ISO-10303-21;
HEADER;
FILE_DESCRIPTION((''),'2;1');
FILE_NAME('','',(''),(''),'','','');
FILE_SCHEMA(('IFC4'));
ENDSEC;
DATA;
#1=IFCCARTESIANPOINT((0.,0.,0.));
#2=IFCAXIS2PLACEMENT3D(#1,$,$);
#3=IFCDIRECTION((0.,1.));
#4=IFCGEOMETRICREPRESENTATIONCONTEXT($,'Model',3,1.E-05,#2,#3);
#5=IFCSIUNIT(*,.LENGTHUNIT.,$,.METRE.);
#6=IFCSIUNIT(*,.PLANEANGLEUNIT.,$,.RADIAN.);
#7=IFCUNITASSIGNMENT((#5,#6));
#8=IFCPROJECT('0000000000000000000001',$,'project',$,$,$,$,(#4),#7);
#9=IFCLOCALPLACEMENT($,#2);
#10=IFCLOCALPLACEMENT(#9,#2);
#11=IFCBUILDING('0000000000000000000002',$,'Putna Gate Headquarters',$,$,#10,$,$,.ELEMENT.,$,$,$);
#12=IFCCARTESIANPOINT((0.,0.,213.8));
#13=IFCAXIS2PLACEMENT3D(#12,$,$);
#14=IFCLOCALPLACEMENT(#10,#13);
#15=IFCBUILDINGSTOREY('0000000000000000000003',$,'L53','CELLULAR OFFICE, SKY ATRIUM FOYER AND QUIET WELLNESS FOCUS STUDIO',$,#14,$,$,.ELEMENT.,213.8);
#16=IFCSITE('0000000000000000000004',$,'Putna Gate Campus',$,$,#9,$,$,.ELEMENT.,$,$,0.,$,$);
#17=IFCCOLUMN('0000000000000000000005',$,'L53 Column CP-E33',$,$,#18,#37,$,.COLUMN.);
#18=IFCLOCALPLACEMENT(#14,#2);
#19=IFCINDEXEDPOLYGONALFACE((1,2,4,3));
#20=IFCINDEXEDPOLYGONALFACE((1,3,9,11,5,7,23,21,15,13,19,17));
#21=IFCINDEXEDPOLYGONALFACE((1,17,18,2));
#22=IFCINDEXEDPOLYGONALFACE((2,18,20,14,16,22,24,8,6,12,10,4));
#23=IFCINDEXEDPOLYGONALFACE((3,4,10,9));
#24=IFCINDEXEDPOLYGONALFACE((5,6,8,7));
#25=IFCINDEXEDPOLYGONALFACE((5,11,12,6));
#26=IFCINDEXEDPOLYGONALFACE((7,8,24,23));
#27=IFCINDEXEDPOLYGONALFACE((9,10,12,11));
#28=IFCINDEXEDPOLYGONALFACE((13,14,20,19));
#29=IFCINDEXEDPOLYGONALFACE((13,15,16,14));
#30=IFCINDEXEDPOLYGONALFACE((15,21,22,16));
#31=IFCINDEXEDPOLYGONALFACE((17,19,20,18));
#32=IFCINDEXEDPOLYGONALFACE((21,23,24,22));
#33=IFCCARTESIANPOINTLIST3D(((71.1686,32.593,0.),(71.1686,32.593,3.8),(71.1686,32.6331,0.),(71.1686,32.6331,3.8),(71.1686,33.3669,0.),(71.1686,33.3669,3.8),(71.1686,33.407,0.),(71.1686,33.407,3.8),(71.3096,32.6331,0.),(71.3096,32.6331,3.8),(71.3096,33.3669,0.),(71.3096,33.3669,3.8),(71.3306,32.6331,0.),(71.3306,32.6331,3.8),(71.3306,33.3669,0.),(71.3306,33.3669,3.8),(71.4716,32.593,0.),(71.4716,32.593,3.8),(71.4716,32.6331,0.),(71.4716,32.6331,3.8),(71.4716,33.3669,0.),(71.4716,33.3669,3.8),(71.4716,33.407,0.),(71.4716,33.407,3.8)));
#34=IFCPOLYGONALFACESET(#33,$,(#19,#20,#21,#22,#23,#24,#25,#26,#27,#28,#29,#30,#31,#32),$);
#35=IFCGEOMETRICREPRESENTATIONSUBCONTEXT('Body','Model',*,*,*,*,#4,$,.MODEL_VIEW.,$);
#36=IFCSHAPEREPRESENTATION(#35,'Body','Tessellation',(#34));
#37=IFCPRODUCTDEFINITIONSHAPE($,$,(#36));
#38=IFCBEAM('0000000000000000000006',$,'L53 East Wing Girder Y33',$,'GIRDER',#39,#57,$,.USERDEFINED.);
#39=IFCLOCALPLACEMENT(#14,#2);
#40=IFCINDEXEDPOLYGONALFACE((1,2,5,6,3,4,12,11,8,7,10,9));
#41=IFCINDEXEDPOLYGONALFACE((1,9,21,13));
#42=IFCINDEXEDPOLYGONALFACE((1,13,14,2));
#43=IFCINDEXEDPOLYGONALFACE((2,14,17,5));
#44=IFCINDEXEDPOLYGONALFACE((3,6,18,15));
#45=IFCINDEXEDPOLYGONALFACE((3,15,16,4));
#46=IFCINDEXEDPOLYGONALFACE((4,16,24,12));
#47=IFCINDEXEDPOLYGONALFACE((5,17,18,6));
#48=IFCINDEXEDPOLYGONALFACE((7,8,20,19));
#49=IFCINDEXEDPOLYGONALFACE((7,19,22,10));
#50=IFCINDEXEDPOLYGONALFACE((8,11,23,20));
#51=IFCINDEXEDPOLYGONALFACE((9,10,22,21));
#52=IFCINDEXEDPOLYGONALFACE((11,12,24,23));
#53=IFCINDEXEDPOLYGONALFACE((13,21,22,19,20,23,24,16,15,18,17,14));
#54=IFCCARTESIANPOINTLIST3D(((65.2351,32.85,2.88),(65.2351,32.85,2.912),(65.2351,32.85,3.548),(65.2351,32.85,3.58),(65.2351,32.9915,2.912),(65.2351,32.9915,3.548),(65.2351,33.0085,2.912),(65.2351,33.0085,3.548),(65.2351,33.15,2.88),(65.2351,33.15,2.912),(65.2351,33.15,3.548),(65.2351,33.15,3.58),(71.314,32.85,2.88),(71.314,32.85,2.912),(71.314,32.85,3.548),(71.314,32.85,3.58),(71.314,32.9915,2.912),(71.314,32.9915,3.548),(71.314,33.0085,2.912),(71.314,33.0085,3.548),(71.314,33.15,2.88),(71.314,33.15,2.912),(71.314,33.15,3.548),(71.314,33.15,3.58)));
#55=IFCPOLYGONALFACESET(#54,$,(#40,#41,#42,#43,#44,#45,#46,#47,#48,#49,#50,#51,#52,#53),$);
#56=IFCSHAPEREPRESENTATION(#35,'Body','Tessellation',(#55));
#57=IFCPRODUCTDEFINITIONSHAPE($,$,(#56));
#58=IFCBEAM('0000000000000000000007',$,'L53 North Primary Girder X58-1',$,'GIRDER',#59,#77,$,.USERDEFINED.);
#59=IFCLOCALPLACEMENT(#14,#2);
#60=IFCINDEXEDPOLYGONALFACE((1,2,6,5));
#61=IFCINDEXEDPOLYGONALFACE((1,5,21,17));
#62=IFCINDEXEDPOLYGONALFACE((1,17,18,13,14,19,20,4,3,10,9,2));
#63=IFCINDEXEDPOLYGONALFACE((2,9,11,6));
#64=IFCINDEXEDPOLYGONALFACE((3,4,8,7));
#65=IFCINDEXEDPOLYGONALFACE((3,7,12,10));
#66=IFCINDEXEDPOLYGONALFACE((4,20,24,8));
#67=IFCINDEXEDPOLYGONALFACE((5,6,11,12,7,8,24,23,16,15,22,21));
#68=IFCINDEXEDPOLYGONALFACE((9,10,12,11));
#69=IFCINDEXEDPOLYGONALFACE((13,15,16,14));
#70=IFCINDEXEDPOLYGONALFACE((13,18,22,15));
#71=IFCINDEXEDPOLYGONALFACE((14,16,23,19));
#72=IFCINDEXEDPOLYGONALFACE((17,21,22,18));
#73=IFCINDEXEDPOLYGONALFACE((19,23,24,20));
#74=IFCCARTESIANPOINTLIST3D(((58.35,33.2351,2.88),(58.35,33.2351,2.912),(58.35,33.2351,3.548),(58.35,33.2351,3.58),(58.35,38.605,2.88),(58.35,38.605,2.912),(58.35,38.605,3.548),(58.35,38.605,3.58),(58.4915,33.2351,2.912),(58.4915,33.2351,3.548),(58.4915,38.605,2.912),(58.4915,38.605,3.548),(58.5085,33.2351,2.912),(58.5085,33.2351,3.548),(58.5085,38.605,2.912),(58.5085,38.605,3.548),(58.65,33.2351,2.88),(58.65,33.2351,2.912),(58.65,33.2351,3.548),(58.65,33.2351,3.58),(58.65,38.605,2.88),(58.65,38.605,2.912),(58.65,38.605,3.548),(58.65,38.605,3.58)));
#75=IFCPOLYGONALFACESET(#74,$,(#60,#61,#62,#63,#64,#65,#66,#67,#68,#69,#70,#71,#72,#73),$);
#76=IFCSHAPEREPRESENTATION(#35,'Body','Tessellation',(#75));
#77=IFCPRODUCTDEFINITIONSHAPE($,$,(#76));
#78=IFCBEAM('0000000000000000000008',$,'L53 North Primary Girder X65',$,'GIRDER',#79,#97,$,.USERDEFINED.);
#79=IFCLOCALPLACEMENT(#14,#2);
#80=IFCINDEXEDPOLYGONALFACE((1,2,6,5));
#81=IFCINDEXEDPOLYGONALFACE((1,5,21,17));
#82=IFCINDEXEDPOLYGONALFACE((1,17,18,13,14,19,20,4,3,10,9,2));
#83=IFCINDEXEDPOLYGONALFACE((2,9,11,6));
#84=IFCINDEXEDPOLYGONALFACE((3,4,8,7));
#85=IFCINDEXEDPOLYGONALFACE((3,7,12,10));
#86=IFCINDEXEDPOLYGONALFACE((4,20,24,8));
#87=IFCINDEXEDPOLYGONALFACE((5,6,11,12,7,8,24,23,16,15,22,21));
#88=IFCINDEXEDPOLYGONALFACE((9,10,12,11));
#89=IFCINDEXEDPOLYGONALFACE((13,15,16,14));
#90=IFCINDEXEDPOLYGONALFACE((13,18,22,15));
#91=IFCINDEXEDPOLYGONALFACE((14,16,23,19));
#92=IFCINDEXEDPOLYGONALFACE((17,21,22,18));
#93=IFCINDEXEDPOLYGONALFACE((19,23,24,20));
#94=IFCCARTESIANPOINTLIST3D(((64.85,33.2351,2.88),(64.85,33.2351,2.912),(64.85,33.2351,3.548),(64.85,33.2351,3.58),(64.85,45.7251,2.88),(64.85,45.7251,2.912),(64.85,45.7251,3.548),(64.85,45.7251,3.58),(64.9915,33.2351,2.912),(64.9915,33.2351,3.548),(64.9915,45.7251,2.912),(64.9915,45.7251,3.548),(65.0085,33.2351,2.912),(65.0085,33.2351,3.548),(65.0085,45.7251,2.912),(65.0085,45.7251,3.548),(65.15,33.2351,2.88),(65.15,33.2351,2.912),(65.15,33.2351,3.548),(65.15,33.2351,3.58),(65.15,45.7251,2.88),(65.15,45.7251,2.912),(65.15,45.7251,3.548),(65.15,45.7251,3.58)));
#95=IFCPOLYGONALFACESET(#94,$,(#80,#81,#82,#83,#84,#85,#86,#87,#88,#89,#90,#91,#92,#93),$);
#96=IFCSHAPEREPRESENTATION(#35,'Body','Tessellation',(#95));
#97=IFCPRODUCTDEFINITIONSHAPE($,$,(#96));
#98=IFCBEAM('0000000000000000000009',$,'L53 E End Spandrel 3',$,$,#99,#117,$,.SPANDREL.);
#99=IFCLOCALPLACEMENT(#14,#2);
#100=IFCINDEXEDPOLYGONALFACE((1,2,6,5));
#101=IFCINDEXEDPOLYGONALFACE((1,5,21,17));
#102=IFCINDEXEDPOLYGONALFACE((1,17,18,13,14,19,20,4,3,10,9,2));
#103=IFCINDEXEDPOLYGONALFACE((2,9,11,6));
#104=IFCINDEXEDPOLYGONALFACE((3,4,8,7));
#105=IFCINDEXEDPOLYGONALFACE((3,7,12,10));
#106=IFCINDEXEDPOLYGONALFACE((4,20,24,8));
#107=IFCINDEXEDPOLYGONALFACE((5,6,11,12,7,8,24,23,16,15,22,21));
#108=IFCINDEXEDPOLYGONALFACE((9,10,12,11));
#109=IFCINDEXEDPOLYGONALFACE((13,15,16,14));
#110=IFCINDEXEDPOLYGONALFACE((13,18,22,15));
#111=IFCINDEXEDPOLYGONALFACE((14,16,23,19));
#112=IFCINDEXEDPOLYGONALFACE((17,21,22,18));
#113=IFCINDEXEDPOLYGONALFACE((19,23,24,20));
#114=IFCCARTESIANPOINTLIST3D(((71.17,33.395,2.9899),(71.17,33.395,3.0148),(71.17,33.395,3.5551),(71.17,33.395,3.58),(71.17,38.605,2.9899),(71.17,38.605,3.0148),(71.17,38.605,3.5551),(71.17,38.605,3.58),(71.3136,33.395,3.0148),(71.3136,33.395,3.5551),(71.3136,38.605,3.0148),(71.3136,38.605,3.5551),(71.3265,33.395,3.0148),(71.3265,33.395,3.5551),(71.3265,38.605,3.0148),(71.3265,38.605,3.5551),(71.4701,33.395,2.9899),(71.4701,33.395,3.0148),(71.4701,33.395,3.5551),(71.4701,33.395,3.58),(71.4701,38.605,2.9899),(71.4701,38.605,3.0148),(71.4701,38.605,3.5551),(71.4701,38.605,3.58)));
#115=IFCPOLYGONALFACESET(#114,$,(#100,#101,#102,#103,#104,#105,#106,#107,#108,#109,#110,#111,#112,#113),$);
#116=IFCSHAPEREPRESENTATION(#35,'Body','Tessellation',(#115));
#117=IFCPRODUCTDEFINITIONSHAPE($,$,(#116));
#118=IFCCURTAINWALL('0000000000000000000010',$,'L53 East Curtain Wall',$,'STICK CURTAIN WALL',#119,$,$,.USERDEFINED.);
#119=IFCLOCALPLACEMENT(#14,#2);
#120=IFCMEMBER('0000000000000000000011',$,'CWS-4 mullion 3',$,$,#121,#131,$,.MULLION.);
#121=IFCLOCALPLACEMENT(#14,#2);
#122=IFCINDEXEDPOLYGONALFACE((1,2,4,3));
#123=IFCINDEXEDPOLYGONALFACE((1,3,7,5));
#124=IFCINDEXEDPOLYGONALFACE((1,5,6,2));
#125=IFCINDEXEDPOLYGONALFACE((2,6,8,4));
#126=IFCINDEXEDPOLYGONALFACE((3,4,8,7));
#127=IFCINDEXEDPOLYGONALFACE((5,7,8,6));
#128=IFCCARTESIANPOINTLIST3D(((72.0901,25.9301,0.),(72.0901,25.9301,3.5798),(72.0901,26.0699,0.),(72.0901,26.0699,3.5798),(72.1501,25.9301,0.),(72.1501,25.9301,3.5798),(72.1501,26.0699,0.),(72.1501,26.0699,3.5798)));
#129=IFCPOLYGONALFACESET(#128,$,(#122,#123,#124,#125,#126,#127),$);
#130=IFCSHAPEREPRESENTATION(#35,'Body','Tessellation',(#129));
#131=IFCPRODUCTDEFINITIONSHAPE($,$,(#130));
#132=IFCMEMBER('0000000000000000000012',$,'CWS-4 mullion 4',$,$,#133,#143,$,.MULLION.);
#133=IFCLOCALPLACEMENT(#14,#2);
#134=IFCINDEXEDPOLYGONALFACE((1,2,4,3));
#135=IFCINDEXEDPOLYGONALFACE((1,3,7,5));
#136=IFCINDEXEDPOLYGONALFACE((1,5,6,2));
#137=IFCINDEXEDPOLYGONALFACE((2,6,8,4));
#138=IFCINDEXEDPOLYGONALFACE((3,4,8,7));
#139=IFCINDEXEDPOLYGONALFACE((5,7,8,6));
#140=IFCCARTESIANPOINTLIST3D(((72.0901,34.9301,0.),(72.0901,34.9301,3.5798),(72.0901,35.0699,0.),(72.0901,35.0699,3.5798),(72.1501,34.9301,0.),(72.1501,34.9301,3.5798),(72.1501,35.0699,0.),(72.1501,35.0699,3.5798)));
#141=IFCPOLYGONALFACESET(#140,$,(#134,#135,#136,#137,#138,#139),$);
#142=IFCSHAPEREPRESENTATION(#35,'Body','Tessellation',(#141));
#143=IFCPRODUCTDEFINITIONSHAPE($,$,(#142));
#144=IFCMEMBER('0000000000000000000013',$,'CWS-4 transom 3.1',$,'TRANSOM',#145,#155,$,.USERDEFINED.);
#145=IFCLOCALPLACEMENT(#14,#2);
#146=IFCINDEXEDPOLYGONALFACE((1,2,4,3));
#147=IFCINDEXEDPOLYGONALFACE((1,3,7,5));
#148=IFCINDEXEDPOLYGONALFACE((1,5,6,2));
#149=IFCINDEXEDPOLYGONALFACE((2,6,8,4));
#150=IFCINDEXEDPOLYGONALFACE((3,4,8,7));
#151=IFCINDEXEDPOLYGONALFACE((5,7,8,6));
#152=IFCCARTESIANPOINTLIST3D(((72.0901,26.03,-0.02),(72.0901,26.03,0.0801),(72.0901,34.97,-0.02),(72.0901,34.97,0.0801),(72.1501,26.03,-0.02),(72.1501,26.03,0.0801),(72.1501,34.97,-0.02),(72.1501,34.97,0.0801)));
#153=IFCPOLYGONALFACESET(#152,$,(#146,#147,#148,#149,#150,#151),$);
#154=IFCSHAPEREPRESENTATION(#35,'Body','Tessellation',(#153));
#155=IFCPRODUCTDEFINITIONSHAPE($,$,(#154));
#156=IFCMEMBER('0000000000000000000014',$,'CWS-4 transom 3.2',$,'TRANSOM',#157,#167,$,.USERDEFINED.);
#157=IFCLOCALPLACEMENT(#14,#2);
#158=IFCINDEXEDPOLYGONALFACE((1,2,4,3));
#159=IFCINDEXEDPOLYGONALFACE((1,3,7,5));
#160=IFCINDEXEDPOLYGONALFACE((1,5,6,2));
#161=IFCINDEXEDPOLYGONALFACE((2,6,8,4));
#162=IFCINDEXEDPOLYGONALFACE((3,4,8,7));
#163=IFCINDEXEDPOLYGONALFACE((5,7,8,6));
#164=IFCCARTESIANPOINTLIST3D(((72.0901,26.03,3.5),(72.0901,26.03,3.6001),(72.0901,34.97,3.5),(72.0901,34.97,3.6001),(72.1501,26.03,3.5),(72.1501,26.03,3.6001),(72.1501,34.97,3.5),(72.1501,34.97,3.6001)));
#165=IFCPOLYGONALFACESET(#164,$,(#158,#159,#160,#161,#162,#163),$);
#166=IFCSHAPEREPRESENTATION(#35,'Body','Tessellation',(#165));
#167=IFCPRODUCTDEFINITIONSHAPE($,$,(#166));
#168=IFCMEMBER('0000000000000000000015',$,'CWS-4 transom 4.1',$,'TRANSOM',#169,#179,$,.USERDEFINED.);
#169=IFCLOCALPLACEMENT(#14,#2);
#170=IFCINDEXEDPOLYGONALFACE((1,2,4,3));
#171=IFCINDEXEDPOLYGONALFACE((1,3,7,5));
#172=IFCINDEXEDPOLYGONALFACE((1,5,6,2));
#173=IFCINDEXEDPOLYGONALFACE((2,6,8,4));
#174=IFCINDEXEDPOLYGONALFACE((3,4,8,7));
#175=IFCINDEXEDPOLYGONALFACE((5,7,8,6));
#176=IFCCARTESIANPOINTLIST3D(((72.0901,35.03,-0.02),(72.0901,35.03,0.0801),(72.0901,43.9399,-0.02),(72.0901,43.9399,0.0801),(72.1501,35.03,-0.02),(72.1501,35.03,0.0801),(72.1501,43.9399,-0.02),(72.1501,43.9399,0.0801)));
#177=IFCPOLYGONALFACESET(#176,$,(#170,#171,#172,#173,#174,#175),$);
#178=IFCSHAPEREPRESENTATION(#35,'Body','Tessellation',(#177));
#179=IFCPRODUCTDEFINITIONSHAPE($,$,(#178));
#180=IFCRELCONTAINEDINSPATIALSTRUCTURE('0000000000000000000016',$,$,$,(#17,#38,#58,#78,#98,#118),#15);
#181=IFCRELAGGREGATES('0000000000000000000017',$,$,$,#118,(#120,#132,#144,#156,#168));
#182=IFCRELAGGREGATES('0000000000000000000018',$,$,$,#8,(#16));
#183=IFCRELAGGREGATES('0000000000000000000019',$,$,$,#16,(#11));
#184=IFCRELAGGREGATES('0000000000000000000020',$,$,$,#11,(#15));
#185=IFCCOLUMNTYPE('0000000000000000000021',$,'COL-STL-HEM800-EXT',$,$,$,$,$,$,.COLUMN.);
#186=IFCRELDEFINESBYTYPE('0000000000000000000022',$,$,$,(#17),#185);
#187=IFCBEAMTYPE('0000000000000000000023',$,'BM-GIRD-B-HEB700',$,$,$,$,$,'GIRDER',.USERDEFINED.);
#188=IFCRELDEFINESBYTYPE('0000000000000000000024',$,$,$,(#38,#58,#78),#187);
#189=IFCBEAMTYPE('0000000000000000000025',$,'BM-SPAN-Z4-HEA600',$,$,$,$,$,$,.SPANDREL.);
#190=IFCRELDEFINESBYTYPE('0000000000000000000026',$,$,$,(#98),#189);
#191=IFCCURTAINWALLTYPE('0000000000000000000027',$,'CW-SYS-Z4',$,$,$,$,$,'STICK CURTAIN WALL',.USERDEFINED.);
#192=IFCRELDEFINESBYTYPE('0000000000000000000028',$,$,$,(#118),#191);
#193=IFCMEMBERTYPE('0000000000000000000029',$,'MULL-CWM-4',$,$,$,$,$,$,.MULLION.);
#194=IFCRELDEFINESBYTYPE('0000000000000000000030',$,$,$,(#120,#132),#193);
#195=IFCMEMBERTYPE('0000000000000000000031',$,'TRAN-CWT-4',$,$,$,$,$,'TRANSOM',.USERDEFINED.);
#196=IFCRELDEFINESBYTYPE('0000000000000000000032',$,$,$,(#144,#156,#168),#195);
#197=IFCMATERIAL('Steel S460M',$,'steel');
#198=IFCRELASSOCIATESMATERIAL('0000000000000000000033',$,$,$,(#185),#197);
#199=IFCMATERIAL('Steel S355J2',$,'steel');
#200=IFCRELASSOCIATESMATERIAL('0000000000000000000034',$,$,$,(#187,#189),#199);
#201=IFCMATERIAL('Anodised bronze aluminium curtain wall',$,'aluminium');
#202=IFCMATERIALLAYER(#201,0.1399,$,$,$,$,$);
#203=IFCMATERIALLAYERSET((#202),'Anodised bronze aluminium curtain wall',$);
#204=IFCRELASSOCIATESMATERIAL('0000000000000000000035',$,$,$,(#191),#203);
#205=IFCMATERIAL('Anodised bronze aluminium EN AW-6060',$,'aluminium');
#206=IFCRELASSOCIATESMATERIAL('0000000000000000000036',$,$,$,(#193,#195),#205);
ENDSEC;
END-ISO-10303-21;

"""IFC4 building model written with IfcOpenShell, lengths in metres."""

from ifc_helpers import new_model, si_unit, direction, frame, origin, origin_2d, place, context, subcontext, project, spatial, rectangle, i_section, extrude, material, layer, layer_set, material_profile, profile_set, type_object, element, aggregate, save


model = new_model("IFC4")

# Units and contexts
model_context = context("Model", 3, precision=1e-05, world=origin(), true_north=direction((0.0, 1.0)))
body_context = subcontext(model_context, "Body", "Model", "MODEL_VIEW")
ifc_project = project(units=[si_unit("LENGTHUNIT", "METRE"), si_unit("PLANEANGLEUNIT", "RADIAN")], contexts=[model_context])

# Site, building, storey
site_placement = place(None, origin())
site = spatial("IfcSite", under=ifc_project, at=site_placement, Name="Putna Gate Campus", CompositionType="ELEMENT", RefElevation=0.0)
building_placement = place(site_placement, origin())
building = spatial("IfcBuilding", under=site, at=building_placement, Name="Putna Gate Headquarters", CompositionType="ELEMENT")
storey_placement = place(building_placement, frame((0.0, 0.0, 213.8)))
storey = spatial("IfcBuildingStorey", under=building, at=storey_placement, Name="L53", Description="CELLULAR OFFICE, SKY ATRIUM FOYER AND QUIET WELLNESS FOCUS STUDIO", CompositionType="ELEMENT", Elevation=213.8)

# Column
ifc_material_1 = material(Name="Steel S460M", Category="steel")
ifc_material_profile_1 = material_profile(ifc_material_1, i_section(OverallWidth=0.303, OverallDepth=0.814, WebThickness=0.021, FlangeThickness=0.04, at=origin_2d()), Name="Steel S460M")
ifc_profile_set_1 = profile_set([ifc_material_profile_1], Name="Steel S460M")
column_type = type_object("IfcColumnType", Name="COL-STL-HEM800-EXT", PredefinedType="COLUMN", material=ifc_profile_set_1)
column_placement = place(storey_placement, frame((71.3201, 33.0, 0.0), z_axis=(0.0, 0.0, 1.0), x_axis=(1.0, 0.0, 0.0)))
element("IfcColumn", 1, at=column_placement, inside=storey, type_object=column_type, Name="L53 Column CP-E33", PredefinedType="COLUMN", context=body_context, shape_type="SweptSolid", body=[
    extrude(i_section(OverallWidth=0.303, OverallDepth=0.814, WebThickness=0.021, FlangeThickness=0.04, at=origin_2d()), origin(), (0.0, 0.0, 1.0), 3.8),
])

# Beams
ifc_material_2 = material(Name="Steel S355J2", Category="steel")
ifc_material_profile_2 = material_profile(ifc_material_2, i_section(OverallWidth=0.3, OverallDepth=0.7, WebThickness=0.0171, FlangeThickness=0.032, at=origin_2d()), Name="Steel S355J2")
ifc_profile_set_2 = profile_set([ifc_material_profile_2], Name="Steel S355J2")
beam_type_1 = type_object("IfcBeamType", Name="BM-GIRD-B-HEB700", ElementType="GIRDER", PredefinedType="USERDEFINED", material=ifc_profile_set_2)
beam_1_placement = place(storey_placement, frame((65.2351, 33.0, 3.23), z_axis=(1.0, 0.0, 0.0), x_axis=(0.0, 1.0, 0.0)))
element("IfcBeam", 2, at=beam_1_placement, inside=storey, type_object=beam_type_1, Name="L53 East Wing Girder Y33", ObjectType="GIRDER", PredefinedType="USERDEFINED", context=body_context, shape_type="SweptSolid", body=[
    extrude(i_section(OverallWidth=0.3, OverallDepth=0.7, WebThickness=0.0171, FlangeThickness=0.032, at=origin_2d()), origin(), (0.0, 0.0, 1.0), 6.0789),
])
beam_2_placement = place(storey_placement, frame((58.5, 33.2351, 3.23), z_axis=(0.0, 1.0, 0.0), x_axis=(-1.0, 0.0, 0.0)))
element("IfcBeam", 3, at=beam_2_placement, inside=storey, type_object=beam_type_1, Name="L53 North Primary Girder X58-1", ObjectType="GIRDER", PredefinedType="USERDEFINED", context=body_context, shape_type="SweptSolid", body=[
    extrude(i_section(OverallWidth=0.3, OverallDepth=0.7, WebThickness=0.0171, FlangeThickness=0.032, at=origin_2d()), origin(), (0.0, 0.0, 1.0), 5.3699),
])
beam_3_placement = place(storey_placement, frame((65.0, 33.2351, 3.23), z_axis=(0.0, 1.0, 0.0), x_axis=(-1.0, 0.0, 0.0)))
element("IfcBeam", 4, at=beam_3_placement, inside=storey, type_object=beam_type_1, Name="L53 North Primary Girder X65", ObjectType="GIRDER", PredefinedType="USERDEFINED", context=body_context, shape_type="SweptSolid", body=[
    extrude(i_section(OverallWidth=0.3, OverallDepth=0.7, WebThickness=0.0171, FlangeThickness=0.032, at=origin_2d()), origin(), (0.0, 0.0, 1.0), 12.49),
])
ifc_material_profile_3 = material_profile(ifc_material_2, i_section(OverallWidth=0.3, OverallDepth=0.5901, WebThickness=0.0129, FlangeThickness=0.0249, at=origin_2d()), Name="Steel S355J2")
ifc_profile_set_3 = profile_set([ifc_material_profile_3], Name="Steel S355J2")
beam_type_2 = type_object("IfcBeamType", Name="BM-SPAN-Z4-HEA600", PredefinedType="SPANDREL", material=ifc_profile_set_3)
beam_4_placement = place(storey_placement, frame((71.3201, 33.395, 3.2849), z_axis=(0.0, 1.0, 0.0), x_axis=(-1.0, 0.0, 0.0)))
element("IfcBeam", 5, at=beam_4_placement, inside=storey, type_object=beam_type_2, Name="L53 E End Spandrel 3", PredefinedType="SPANDREL", context=body_context, shape_type="SweptSolid", body=[
    extrude(i_section(OverallWidth=0.3, OverallDepth=0.5901, WebThickness=0.0129, FlangeThickness=0.0249, at=origin_2d()), origin(), (0.0, 0.0, 1.0), 5.21),
])

# Curtain wall, members
ifc_material_3 = material(Name="Anodised bronze aluminium curtain wall", Category="aluminium")
ifc_layer_1 = layer(ifc_material_3, 0.1399)
ifc_layer_set_1 = layer_set([ifc_layer_1], Name="Anodised bronze aluminium curtain wall")
curtain_wall_type = type_object("IfcCurtainWallType", Name="CW-SYS-Z4", ElementType="STICK CURTAIN WALL", PredefinedType="USERDEFINED", material=ifc_layer_set_1)
curtain_wall_placement = place(storey_placement, origin())
curtain_wall = element("IfcCurtainWall", 6, at=curtain_wall_placement, inside=storey, type_object=curtain_wall_type, Name="L53 East Curtain Wall", ObjectType="STICK CURTAIN WALL", PredefinedType="USERDEFINED")
ifc_material_4 = material(Name="Anodised bronze aluminium EN AW-6060", Category="aluminium")
ifc_material_profile_4 = material_profile(ifc_material_4, rectangle(XDim=0.0601, YDim=0.1399, at=origin_2d()), Name="Anodised bronze aluminium EN AW-6060")
ifc_profile_set_4 = profile_set([ifc_material_profile_4], Name="Anodised bronze aluminium EN AW-6060")
member_type_1 = type_object("IfcMemberType", Name="MULL-CWM-4", PredefinedType="MULLION", material=ifc_profile_set_4)
member_1_placement = place(storey_placement, frame((72.1201, 26.0, 0.0), z_axis=(0.0, 0.0, 1.0), x_axis=(-1.0, 0.0, 0.0)))
member_1 = element("IfcMember", 7, at=member_1_placement, type_object=member_type_1, Name="CWS-4 mullion 3", PredefinedType="MULLION", context=body_context, shape_type="SweptSolid", body=[
    extrude(rectangle(XDim=0.0601, YDim=0.1399, at=origin_2d()), origin(), (0.0, 0.0, 1.0), 3.5798),
])
member_2_placement = place(storey_placement, frame((72.1201, 35.0, 0.0), z_axis=(0.0, 0.0, 1.0), x_axis=(-1.0, 0.0, 0.0)))
member_2 = element("IfcMember", 8, at=member_2_placement, type_object=member_type_1, Name="CWS-4 mullion 4", PredefinedType="MULLION", context=body_context, shape_type="SweptSolid", body=[
    extrude(rectangle(XDim=0.0601, YDim=0.1399, at=origin_2d()), origin(), (0.0, 0.0, 1.0), 3.5798),
])
ifc_material_profile_5 = material_profile(ifc_material_4, rectangle(XDim=0.0601, YDim=0.1001, at=origin_2d()), Name="Anodised bronze aluminium EN AW-6060")
ifc_profile_set_5 = profile_set([ifc_material_profile_5], Name="Anodised bronze aluminium EN AW-6060")
member_type_2 = type_object("IfcMemberType", Name="TRAN-CWT-4", ElementType="TRANSOM", PredefinedType="USERDEFINED", material=ifc_profile_set_5)
member_3_placement = place(storey_placement, frame((72.1201, 26.03, 0.03), z_axis=(0.0, 1.0, 0.0), x_axis=(-1.0, 0.0, 0.0)))
member_3 = element("IfcMember", 9, at=member_3_placement, type_object=member_type_2, Name="CWS-4 transom 3.1", ObjectType="TRANSOM", PredefinedType="USERDEFINED", context=body_context, shape_type="SweptSolid", body=[
    extrude(rectangle(XDim=0.0601, YDim=0.1001, at=origin_2d()), origin(), (0.0, 0.0, 1.0), 8.9399),
])
member_4_placement = place(storey_placement, frame((72.1201, 26.03, 3.55), z_axis=(0.0, 1.0, 0.0), x_axis=(-1.0, 0.0, 0.0)))
member_4 = element("IfcMember", 10, at=member_4_placement, type_object=member_type_2, Name="CWS-4 transom 3.2", ObjectType="TRANSOM", PredefinedType="USERDEFINED", context=body_context, shape_type="SweptSolid", body=[
    extrude(rectangle(XDim=0.0601, YDim=0.1001, at=origin_2d()), origin(), (0.0, 0.0, 1.0), 8.9399),
])
member_5_placement = place(storey_placement, frame((72.1201, 35.03, 0.03), z_axis=(0.0, 1.0, 0.0), x_axis=(-1.0, 0.0, 0.0)))
member_5 = element("IfcMember", 11, at=member_5_placement, type_object=member_type_2, Name="CWS-4 transom 4.1", ObjectType="TRANSOM", PredefinedType="USERDEFINED", context=body_context, shape_type="SweptSolid", body=[
    extrude(rectangle(XDim=0.0601, YDim=0.1001, at=origin_2d()), origin(), (0.0, 0.0, 1.0), 8.9099),
])
aggregate(curtain_wall, [member_1, member_2, member_3, member_4, member_5])

save(model, "model.ifc")
